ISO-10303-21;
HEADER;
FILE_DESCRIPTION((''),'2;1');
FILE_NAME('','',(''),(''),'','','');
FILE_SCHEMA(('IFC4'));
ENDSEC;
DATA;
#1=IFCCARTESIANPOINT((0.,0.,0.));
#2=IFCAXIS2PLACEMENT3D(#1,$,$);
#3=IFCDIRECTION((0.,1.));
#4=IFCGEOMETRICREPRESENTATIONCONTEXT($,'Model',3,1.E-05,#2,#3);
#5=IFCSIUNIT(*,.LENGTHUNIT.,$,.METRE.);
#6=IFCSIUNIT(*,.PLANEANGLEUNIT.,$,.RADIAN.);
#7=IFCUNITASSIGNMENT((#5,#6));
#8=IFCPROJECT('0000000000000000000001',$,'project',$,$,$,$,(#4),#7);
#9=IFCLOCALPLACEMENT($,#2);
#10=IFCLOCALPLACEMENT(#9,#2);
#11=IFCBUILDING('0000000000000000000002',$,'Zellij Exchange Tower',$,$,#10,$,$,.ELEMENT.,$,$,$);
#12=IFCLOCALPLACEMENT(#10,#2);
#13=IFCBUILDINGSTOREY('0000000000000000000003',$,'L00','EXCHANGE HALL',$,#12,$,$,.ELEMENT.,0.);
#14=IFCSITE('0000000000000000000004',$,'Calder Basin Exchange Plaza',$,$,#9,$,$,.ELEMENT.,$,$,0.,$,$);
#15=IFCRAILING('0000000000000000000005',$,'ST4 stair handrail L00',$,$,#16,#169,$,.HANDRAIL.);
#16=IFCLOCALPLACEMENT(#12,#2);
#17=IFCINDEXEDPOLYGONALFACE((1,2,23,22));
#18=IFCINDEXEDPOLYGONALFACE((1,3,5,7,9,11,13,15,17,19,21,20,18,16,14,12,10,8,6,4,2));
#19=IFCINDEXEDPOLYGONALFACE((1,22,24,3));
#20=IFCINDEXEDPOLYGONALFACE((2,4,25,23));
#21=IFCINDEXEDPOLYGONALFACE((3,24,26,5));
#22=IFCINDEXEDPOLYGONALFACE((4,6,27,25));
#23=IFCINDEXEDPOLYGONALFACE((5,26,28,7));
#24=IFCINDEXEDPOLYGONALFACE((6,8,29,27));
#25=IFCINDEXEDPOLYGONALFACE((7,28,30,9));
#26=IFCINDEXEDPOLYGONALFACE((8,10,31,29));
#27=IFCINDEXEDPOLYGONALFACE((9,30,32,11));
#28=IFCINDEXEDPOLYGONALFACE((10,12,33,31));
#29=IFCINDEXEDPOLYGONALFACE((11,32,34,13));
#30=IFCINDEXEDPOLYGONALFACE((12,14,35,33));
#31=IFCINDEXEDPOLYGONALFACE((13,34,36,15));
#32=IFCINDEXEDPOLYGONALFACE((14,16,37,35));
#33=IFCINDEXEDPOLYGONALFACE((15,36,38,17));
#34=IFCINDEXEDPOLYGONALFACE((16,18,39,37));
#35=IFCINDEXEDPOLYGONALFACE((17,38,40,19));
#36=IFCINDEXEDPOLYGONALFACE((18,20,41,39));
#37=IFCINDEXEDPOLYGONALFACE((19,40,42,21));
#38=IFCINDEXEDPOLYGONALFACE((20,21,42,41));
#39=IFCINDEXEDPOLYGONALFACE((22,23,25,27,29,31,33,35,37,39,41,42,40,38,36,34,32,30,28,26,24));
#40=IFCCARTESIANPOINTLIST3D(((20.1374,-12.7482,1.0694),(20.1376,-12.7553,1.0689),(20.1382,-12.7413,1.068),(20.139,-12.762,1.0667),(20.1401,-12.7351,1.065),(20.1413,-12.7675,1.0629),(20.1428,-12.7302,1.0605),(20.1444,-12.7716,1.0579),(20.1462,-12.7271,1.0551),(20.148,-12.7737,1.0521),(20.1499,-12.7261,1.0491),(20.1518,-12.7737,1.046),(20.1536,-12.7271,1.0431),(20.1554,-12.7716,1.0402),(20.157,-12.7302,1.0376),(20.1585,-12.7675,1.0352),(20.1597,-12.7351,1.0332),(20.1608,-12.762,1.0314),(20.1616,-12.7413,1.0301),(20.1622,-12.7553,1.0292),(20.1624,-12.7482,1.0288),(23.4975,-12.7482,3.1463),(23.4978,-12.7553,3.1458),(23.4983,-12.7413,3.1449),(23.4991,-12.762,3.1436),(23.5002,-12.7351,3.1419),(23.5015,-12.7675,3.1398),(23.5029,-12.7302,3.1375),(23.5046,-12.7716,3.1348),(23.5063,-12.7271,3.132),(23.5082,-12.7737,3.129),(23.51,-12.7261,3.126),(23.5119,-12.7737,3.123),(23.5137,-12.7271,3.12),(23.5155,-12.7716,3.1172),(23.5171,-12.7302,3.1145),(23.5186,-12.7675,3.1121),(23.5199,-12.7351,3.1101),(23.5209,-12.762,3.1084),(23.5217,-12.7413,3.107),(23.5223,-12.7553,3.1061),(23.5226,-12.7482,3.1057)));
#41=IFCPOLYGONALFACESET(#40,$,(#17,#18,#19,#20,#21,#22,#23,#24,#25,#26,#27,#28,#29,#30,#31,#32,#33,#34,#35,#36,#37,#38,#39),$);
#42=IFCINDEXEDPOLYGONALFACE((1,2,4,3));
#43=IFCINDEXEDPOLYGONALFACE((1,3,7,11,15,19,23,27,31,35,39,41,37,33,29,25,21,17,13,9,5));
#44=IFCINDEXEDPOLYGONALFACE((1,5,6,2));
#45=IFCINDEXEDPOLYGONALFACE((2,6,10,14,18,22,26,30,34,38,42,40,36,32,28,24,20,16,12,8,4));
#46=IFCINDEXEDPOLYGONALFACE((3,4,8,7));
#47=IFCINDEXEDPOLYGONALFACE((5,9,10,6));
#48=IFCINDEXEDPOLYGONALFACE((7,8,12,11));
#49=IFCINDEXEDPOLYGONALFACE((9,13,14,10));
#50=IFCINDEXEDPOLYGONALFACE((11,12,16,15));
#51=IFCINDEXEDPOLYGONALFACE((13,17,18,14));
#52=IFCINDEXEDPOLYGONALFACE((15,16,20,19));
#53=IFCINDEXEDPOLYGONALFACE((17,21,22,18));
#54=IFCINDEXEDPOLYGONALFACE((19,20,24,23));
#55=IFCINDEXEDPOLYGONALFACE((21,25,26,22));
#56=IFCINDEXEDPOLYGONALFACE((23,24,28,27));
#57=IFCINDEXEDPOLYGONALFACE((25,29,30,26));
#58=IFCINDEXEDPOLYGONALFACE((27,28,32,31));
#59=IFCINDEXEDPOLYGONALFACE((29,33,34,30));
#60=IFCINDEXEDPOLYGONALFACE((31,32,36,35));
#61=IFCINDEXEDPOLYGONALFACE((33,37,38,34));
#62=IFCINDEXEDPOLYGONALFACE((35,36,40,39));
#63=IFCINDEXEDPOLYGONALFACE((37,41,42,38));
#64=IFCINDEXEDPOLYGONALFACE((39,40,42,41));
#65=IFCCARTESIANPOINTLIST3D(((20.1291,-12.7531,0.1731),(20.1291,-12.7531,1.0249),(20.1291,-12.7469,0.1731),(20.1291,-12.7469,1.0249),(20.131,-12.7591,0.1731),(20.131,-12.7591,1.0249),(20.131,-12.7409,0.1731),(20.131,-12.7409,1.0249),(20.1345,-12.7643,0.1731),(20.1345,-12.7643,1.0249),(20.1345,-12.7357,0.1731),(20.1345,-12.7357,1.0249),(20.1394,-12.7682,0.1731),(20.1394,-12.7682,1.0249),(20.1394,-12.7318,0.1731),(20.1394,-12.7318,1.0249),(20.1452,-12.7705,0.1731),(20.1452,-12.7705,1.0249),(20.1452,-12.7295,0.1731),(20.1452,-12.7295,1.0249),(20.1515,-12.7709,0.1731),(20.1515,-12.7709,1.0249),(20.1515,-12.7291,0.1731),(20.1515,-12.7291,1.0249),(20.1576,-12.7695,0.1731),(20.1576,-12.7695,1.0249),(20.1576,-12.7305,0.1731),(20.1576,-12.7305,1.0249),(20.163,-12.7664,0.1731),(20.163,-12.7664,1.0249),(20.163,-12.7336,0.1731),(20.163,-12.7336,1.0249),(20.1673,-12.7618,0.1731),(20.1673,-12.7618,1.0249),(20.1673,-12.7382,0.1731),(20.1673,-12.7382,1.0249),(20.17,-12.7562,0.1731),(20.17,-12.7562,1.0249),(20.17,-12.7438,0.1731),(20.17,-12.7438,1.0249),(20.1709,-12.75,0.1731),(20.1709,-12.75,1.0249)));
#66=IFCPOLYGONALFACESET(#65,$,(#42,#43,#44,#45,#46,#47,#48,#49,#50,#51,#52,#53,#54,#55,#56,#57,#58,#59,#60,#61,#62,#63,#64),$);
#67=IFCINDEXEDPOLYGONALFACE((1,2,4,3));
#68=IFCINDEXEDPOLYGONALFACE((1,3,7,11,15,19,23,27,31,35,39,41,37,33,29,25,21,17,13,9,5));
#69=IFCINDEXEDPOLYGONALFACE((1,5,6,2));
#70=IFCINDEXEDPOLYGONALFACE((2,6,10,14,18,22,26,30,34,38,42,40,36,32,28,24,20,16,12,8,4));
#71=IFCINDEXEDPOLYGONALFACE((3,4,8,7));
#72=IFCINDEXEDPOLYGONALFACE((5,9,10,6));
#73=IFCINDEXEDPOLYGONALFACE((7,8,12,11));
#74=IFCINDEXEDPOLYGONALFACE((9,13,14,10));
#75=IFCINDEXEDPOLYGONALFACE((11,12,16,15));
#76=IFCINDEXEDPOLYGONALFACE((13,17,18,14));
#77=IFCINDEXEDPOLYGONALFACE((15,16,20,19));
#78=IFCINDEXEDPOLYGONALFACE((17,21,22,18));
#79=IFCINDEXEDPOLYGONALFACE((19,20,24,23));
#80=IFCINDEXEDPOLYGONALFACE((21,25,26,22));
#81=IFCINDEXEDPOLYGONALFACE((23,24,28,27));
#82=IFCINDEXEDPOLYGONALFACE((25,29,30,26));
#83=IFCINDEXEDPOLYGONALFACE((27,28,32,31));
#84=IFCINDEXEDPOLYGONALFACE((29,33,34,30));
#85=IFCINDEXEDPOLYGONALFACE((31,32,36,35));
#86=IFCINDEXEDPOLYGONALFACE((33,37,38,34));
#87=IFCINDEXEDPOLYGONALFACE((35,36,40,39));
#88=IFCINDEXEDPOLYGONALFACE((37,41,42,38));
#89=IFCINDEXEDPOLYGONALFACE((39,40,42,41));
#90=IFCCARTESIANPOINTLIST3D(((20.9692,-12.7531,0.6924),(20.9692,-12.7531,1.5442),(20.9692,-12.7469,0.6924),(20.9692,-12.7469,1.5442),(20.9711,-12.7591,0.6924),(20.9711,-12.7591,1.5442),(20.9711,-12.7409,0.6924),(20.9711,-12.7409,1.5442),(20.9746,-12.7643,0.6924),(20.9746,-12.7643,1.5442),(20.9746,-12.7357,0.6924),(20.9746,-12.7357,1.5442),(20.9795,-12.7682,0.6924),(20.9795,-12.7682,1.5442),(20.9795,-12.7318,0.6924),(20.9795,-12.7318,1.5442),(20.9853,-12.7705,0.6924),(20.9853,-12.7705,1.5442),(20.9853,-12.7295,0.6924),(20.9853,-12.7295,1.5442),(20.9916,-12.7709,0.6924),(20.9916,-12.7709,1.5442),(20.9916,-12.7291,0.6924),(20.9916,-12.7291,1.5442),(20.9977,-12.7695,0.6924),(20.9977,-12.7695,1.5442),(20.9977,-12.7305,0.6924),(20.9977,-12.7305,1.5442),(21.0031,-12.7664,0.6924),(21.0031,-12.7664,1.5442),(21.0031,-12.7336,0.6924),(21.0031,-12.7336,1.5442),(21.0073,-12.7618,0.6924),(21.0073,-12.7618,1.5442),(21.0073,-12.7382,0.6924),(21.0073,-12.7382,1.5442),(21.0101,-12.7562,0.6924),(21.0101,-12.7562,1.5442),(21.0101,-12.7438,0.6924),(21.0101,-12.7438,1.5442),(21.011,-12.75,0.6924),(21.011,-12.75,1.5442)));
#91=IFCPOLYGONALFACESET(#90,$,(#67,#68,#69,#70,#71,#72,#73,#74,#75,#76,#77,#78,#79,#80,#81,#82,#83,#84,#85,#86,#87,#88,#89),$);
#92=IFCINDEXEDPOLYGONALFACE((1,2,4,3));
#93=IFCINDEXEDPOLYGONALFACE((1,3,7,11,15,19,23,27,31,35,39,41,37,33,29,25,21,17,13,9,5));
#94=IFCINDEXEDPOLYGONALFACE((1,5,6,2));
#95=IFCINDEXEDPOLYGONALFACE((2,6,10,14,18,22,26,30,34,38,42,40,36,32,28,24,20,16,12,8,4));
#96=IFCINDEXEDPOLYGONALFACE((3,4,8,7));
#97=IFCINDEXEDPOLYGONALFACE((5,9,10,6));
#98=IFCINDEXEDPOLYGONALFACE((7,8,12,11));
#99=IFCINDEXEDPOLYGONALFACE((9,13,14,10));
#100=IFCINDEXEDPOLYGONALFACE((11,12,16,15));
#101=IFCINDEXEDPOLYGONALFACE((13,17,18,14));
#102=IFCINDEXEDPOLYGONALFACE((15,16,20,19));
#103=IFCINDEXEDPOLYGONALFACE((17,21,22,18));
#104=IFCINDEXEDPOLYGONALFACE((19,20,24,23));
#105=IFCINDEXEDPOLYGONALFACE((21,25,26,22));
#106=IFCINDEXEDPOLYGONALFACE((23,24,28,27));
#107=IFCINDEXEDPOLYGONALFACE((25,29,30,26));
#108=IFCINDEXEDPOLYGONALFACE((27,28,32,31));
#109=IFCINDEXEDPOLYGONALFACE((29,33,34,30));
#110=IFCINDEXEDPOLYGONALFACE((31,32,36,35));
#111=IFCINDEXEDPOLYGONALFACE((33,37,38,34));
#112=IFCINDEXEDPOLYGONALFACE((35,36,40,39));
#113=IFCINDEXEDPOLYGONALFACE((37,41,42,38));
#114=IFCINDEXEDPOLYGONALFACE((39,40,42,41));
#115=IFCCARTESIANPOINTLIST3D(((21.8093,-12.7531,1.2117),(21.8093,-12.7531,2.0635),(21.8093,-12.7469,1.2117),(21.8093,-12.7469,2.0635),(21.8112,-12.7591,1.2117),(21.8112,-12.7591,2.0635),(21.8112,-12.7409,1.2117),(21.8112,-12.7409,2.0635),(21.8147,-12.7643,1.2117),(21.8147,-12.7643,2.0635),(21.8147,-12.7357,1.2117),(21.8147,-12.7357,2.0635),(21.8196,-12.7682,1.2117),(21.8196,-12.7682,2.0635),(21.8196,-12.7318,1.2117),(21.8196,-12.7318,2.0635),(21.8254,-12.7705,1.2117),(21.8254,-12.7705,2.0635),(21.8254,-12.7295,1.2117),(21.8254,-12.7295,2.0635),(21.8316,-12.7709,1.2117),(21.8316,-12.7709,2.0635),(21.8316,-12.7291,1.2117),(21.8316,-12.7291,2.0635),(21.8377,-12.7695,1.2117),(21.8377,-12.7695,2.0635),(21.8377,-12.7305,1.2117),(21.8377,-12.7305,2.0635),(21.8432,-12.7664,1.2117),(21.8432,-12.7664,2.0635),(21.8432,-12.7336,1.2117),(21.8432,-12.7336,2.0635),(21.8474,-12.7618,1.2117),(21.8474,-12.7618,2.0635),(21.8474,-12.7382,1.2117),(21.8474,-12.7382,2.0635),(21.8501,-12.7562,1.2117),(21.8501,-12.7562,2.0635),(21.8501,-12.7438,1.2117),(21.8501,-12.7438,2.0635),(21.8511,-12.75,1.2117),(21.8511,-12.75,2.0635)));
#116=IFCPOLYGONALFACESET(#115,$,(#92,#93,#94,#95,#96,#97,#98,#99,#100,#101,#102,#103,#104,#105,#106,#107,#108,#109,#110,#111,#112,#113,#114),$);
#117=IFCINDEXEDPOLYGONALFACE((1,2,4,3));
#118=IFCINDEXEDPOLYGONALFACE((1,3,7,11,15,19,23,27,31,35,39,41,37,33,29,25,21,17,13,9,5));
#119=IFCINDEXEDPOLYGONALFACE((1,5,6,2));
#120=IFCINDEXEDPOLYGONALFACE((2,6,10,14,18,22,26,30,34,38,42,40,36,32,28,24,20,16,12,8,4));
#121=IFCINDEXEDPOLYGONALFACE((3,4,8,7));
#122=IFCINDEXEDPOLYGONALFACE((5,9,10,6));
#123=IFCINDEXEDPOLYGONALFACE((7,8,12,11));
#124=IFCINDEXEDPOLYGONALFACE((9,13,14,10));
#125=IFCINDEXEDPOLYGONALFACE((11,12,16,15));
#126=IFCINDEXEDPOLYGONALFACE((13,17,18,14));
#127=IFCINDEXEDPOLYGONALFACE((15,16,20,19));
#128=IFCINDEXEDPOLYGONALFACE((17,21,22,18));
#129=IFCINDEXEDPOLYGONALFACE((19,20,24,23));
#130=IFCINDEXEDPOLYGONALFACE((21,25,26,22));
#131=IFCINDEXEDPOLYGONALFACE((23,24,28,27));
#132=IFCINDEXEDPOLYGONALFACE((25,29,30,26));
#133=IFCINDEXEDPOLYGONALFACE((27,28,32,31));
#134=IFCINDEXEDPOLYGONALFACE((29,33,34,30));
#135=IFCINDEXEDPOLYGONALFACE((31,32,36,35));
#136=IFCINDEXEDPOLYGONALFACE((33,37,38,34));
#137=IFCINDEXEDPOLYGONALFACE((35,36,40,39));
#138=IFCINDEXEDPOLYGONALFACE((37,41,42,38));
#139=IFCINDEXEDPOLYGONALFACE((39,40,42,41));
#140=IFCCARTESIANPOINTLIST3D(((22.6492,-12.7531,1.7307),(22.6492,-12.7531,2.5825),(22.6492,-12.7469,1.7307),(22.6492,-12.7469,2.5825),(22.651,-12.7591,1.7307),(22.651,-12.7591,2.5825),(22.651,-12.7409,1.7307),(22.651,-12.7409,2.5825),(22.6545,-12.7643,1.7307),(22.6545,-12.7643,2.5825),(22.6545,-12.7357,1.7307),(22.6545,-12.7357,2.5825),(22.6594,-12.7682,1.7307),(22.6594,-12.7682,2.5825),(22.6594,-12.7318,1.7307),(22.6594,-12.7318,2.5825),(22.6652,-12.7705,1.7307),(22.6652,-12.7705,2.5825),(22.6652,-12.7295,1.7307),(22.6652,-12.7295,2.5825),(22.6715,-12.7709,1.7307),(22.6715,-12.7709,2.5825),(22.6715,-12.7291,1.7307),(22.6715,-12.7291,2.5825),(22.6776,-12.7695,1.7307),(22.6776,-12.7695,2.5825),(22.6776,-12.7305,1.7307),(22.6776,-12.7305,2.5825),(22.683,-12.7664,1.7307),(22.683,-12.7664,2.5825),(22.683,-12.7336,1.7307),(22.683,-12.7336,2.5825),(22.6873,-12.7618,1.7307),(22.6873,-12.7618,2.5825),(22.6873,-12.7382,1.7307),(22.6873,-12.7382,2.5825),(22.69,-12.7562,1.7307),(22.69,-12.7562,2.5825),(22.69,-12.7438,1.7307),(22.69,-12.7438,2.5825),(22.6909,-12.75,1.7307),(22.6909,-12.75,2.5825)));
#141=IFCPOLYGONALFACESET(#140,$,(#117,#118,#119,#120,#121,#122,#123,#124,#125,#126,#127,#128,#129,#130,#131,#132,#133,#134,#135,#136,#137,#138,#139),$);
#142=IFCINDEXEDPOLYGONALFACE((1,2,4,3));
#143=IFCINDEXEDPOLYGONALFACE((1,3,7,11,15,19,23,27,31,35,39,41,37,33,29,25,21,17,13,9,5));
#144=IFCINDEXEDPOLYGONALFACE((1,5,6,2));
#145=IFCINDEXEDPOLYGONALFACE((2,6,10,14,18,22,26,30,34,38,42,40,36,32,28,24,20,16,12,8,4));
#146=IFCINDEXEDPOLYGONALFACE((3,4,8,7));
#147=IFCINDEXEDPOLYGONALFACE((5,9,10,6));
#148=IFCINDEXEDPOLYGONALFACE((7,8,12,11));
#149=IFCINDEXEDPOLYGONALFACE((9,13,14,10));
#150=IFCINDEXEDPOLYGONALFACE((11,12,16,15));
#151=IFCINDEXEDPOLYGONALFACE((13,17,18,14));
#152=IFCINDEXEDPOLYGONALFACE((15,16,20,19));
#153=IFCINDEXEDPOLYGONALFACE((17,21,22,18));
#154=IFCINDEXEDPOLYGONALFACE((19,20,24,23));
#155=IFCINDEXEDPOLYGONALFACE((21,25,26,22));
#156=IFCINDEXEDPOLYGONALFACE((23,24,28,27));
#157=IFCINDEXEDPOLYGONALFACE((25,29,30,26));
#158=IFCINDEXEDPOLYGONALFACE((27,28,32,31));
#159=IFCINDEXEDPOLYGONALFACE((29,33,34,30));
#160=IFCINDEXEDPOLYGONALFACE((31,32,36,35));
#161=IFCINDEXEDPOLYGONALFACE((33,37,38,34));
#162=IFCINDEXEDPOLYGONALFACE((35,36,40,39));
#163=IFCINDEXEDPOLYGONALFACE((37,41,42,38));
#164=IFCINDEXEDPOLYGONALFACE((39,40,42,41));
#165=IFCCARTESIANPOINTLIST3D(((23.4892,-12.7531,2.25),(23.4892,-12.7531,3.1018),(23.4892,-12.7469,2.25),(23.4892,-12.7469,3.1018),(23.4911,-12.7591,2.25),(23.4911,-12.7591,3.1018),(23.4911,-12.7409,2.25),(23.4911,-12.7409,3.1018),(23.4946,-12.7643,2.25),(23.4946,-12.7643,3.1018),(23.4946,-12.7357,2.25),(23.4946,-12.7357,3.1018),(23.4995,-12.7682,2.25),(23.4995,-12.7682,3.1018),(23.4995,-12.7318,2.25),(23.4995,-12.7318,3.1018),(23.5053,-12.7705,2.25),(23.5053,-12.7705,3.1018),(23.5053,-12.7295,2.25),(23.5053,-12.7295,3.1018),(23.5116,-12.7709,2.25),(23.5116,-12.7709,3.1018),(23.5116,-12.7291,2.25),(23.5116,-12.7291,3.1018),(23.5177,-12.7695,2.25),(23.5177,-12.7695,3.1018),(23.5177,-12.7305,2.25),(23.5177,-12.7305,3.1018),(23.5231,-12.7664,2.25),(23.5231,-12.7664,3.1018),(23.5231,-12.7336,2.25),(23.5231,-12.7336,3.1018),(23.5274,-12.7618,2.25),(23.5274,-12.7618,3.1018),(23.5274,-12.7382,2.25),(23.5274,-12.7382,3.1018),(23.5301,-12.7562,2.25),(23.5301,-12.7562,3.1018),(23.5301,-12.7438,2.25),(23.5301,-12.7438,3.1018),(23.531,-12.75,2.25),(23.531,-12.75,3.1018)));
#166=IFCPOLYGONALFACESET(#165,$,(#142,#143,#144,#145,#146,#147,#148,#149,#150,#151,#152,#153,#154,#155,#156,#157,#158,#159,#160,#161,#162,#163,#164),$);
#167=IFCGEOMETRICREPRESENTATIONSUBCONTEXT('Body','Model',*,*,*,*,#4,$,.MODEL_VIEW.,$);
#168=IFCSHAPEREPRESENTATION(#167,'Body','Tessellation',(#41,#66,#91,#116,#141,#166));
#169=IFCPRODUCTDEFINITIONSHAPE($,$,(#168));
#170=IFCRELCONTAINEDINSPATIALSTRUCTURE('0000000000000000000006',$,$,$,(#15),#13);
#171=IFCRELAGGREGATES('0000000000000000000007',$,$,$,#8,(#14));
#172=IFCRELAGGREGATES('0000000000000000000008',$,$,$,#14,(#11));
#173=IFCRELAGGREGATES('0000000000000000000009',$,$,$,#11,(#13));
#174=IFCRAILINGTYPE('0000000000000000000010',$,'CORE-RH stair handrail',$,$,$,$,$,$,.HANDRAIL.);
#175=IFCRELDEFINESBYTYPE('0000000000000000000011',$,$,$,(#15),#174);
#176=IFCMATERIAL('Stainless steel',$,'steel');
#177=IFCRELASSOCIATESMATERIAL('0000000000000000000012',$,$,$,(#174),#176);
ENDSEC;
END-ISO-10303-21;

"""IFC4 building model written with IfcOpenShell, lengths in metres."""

from ifc_helpers import new_model, si_unit, direction, frame, origin, origin_2d, place, context, subcontext, project, spatial, circle, extrude, material, type_object, element, save


model = new_model("IFC4")

# Units and contexts
model_context = context("Model", 3, precision=1e-05, world=origin(), true_north=direction((0.0, 1.0)))
body_context = subcontext(model_context, "Body", "Model", "MODEL_VIEW")
ifc_project = project(units=[si_unit("LENGTHUNIT", "METRE"), si_unit("PLANEANGLEUNIT", "RADIAN")], contexts=[model_context])

# Site, building, storey
site_placement = place(None, origin())
site = spatial("IfcSite", under=ifc_project, at=site_placement, Name="Calder Basin Exchange Plaza", CompositionType="ELEMENT", RefElevation=0.0)
building_placement = place(site_placement, origin())
building = spatial("IfcBuilding", under=site, at=building_placement, Name="Zellij Exchange Tower", CompositionType="ELEMENT")
storey_placement = place(building_placement, origin())
storey = spatial("IfcBuildingStorey", under=building, at=storey_placement, Name="L00", Description="EXCHANGE HALL", CompositionType="ELEMENT", Elevation=0.0)

# Railing
ifc_material_1 = material(Name="Stainless steel", Category="steel")
railing_type_1 = type_object("IfcRailingType", Name="CORE-RH stair handrail", PredefinedType="HANDRAIL", material=ifc_material_1)
for number, where, name in (
    (1, (20.1499, -12.75, 0.1731), "ST4 stair handrail L00"),
):
    element("IfcRailing", number, at=place(storey_placement, frame(where)), inside=storey, type_object=railing_type_1, Name=name, PredefinedType="HANDRAIL", context=body_context, shape_type="SweptSolid", body=[
        extrude(circle(Radius=0.0239, at=origin_2d()), frame((0.0, 0.0, 0.876), z_axis=(0.850623, 0.0, 0.525776), x_axis=(0.0, 1.0, 0.0)), (0.0, 0.0, 1.0), 3.9502),
        extrude(circle(Radius=0.021, at=origin_2d()), origin(), (0.0, 0.0, 1.0), 0.8518),
        extrude(circle(Radius=0.021, at=origin_2d()), frame((0.8401, 0.0, 0.5193)), (0.0, 0.0, 1.0), 0.8518),
        extrude(circle(Radius=0.021, at=origin_2d()), frame((1.6802, 0.0, 1.0386)), (0.0, 0.0, 1.0), 0.8518),
        extrude(circle(Radius=0.021, at=origin_2d()), frame((2.52, 0.0, 1.5576)), (0.0, 0.0, 1.0), 0.8518),
        extrude(circle(Radius=0.021, at=origin_2d()), frame((3.3601, 0.0, 2.0769)), (0.0, 0.0, 1.0), 0.8518),
    ])

save(model, "model.ifc")
